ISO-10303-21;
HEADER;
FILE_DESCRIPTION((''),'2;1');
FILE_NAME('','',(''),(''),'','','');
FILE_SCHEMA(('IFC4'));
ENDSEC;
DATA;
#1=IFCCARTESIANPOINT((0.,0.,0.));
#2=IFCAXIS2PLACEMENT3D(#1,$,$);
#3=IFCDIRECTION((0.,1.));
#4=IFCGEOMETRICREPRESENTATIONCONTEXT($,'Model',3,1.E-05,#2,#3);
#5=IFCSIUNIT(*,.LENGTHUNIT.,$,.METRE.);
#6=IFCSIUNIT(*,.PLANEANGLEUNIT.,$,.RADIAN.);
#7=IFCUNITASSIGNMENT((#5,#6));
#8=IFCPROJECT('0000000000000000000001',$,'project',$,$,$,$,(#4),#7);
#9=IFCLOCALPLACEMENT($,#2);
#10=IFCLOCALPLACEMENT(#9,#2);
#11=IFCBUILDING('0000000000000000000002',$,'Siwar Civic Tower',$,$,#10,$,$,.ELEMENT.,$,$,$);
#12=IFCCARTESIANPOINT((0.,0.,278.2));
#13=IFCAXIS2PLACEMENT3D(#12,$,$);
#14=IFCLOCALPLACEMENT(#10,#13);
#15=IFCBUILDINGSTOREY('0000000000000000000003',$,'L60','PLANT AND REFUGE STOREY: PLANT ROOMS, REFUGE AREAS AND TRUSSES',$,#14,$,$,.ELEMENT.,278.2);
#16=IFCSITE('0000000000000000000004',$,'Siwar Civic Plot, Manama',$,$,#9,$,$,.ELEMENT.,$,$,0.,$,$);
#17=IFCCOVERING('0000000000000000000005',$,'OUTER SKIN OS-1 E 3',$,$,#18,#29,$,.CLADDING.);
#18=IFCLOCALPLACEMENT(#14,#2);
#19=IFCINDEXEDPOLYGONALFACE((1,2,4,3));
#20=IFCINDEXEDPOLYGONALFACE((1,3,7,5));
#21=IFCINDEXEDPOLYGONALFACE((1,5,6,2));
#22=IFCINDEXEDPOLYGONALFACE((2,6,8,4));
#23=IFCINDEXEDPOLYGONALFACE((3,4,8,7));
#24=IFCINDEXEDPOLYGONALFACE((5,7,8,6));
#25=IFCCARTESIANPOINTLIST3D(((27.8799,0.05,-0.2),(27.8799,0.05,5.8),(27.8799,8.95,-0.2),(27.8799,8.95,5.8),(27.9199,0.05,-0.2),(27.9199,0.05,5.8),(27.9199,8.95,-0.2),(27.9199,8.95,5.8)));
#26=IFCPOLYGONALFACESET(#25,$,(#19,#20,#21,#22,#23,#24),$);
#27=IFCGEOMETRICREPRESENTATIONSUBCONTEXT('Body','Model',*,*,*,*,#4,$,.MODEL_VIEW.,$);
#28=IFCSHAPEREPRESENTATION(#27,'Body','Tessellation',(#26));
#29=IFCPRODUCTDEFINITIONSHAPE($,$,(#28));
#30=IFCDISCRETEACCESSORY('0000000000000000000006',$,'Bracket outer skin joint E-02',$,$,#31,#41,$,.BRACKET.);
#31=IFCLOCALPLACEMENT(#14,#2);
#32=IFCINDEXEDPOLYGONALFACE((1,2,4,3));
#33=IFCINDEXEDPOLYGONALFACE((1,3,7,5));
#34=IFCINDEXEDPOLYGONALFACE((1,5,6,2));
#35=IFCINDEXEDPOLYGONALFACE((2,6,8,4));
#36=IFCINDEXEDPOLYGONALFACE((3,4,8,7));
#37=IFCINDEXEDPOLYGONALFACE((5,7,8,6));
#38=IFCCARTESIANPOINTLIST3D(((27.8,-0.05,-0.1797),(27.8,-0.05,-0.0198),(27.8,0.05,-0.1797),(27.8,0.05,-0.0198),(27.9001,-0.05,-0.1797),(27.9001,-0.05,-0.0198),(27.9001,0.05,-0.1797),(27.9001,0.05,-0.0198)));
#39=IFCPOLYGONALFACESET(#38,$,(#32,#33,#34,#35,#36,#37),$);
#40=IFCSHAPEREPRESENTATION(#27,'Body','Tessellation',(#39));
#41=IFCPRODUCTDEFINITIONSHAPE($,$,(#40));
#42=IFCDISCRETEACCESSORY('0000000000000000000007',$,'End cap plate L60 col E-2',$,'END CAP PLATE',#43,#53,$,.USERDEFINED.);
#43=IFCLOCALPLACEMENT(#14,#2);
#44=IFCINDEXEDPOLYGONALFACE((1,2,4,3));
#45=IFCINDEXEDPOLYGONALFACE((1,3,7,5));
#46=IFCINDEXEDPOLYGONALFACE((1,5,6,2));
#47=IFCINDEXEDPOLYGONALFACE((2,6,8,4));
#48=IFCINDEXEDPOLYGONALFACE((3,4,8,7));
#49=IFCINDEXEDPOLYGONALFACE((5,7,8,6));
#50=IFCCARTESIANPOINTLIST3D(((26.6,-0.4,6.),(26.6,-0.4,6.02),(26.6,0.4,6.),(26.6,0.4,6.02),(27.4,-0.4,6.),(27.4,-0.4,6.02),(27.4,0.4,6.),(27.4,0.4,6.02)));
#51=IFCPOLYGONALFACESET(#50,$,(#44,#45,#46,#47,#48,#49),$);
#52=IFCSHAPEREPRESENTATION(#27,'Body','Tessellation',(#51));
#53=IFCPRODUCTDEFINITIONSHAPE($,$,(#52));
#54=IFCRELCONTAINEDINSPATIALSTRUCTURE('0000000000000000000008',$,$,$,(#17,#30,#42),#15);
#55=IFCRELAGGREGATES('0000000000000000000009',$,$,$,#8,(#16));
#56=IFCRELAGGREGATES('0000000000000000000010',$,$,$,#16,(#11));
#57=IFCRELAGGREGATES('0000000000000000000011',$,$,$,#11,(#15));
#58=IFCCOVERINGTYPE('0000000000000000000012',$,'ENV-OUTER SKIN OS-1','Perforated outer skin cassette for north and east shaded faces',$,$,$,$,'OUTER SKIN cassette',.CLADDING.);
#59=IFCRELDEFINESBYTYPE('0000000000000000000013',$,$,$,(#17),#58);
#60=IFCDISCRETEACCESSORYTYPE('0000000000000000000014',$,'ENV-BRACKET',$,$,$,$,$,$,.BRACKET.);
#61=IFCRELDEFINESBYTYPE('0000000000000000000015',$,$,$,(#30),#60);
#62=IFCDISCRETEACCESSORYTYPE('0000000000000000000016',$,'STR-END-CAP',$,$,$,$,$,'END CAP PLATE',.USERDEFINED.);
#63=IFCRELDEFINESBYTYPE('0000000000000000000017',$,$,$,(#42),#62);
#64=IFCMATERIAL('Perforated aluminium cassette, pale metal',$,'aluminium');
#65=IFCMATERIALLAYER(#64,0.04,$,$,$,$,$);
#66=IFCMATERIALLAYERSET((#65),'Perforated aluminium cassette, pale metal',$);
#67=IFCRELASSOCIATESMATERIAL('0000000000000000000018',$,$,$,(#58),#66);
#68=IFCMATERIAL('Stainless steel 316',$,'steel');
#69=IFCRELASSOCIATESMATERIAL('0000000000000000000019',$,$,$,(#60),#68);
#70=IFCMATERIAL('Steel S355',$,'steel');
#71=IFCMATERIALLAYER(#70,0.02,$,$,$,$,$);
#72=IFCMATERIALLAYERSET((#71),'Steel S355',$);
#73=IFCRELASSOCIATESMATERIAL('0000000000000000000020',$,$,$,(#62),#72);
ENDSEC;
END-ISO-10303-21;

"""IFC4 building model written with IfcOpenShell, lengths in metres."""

from ifc_helpers import new_model, si_unit, direction, frame, origin, origin_2d, place, context, subcontext, project, spatial, rectangle, extrude, material, layer, layer_set, type_object, element, save


model = new_model("IFC4")

# Units and contexts
model_context = context("Model", 3, precision=1e-05, world=origin(), true_north=direction((0.0, 1.0)))
body_context = subcontext(model_context, "Body", "Model", "MODEL_VIEW")
ifc_project = project(units=[si_unit("LENGTHUNIT", "METRE"), si_unit("PLANEANGLEUNIT", "RADIAN")], contexts=[model_context])

# Site, building, storey
site_placement = place(None, origin())
site = spatial("IfcSite", under=ifc_project, at=site_placement, Name="Siwar Civic Plot, Manama", CompositionType="ELEMENT", RefElevation=0.0)
building_placement = place(site_placement, origin())
building = spatial("IfcBuilding", under=site, at=building_placement, Name="Siwar Civic Tower", CompositionType="ELEMENT")
storey_placement = place(building_placement, frame((0.0, 0.0, 278.2)))
storey = spatial("IfcBuildingStorey", under=building, at=storey_placement, Name="L60", Description="PLANT AND REFUGE STOREY: PLANT ROOMS, REFUGE AREAS AND TRUSSES", CompositionType="ELEMENT", Elevation=278.2)

# Covering
ifc_material_1 = material(Name="Perforated aluminium cassette, pale metal", Category="aluminium")
ifc_layer_1 = layer(ifc_material_1, 0.04)
ifc_layer_set_1 = layer_set([ifc_layer_1], Name="Perforated aluminium cassette, pale metal")
covering_type = type_object("IfcCoveringType", Name="ENV-OUTER SKIN OS-1", Description="Perforated outer skin cassette for north and east shaded faces", ElementType="OUTER SKIN cassette", PredefinedType="CLADDING", material=ifc_layer_set_1)
covering_placement = place(storey_placement, frame((27.8999, 4.5, -0.2), z_axis=(0.0, 0.0, 1.0), x_axis=(0.0, 1.0, 0.0)))
element("IfcCovering", 1, at=covering_placement, inside=storey, type_object=covering_type, Name="OUTER SKIN OS-1 E 3", PredefinedType="CLADDING", context=body_context, shape_type="SweptSolid", body=[
    extrude(rectangle(XDim=8.8999, YDim=0.04, at=origin_2d()), origin(), (0.0, 0.0, 1.0), 6.0),
])

# Discrete accessories
ifc_material_2 = material(Name="Stainless steel 316", Category="steel")
discrete_accessory_type_1 = type_object("IfcDiscreteAccessoryType", Name="ENV-BRACKET", PredefinedType="BRACKET", material=ifc_material_2)
discrete_accessory_1_placement = place(storey_placement, frame((27.8501, 0.0, -0.1797), z_axis=(0.0, 0.0, 1.0), x_axis=(1.0, 0.0, 0.0)))
element("IfcDiscreteAccessory", 2, at=discrete_accessory_1_placement, inside=storey, type_object=discrete_accessory_type_1, Name="Bracket outer skin joint E-02", PredefinedType="BRACKET", context=body_context, shape_type="SweptSolid", body=[
    extrude(rectangle(XDim=0.1001, YDim=0.1001, at=origin_2d()), origin(), (0.0, 0.0, 1.0), 0.1599),
])
ifc_material_3 = material(Name="Steel S355", Category="steel")
ifc_layer_2 = layer(ifc_material_3, 0.02)
ifc_layer_set_2 = layer_set([ifc_layer_2], Name="Steel S355")
discrete_accessory_type_2 = type_object("IfcDiscreteAccessoryType", Name="STR-END-CAP", ElementType="END CAP PLATE", PredefinedType="USERDEFINED", material=ifc_layer_set_2)
discrete_accessory_2_placement = place(storey_placement, frame((27.0, 0.0, 6.0), z_axis=(0.0, 0.0, 1.0), x_axis=(1.0, 0.0, 0.0)))
element("IfcDiscreteAccessory", 3, at=discrete_accessory_2_placement, inside=storey, type_object=discrete_accessory_type_2, Name="End cap plate L60 col E-2", ObjectType="END CAP PLATE", PredefinedType="USERDEFINED", context=body_context, shape_type="SweptSolid", body=[
    extrude(rectangle(XDim=0.8, YDim=0.8, at=origin_2d()), origin(), (0.0, 0.0, 1.0), 0.02),
])

save(model, "model.ifc")
